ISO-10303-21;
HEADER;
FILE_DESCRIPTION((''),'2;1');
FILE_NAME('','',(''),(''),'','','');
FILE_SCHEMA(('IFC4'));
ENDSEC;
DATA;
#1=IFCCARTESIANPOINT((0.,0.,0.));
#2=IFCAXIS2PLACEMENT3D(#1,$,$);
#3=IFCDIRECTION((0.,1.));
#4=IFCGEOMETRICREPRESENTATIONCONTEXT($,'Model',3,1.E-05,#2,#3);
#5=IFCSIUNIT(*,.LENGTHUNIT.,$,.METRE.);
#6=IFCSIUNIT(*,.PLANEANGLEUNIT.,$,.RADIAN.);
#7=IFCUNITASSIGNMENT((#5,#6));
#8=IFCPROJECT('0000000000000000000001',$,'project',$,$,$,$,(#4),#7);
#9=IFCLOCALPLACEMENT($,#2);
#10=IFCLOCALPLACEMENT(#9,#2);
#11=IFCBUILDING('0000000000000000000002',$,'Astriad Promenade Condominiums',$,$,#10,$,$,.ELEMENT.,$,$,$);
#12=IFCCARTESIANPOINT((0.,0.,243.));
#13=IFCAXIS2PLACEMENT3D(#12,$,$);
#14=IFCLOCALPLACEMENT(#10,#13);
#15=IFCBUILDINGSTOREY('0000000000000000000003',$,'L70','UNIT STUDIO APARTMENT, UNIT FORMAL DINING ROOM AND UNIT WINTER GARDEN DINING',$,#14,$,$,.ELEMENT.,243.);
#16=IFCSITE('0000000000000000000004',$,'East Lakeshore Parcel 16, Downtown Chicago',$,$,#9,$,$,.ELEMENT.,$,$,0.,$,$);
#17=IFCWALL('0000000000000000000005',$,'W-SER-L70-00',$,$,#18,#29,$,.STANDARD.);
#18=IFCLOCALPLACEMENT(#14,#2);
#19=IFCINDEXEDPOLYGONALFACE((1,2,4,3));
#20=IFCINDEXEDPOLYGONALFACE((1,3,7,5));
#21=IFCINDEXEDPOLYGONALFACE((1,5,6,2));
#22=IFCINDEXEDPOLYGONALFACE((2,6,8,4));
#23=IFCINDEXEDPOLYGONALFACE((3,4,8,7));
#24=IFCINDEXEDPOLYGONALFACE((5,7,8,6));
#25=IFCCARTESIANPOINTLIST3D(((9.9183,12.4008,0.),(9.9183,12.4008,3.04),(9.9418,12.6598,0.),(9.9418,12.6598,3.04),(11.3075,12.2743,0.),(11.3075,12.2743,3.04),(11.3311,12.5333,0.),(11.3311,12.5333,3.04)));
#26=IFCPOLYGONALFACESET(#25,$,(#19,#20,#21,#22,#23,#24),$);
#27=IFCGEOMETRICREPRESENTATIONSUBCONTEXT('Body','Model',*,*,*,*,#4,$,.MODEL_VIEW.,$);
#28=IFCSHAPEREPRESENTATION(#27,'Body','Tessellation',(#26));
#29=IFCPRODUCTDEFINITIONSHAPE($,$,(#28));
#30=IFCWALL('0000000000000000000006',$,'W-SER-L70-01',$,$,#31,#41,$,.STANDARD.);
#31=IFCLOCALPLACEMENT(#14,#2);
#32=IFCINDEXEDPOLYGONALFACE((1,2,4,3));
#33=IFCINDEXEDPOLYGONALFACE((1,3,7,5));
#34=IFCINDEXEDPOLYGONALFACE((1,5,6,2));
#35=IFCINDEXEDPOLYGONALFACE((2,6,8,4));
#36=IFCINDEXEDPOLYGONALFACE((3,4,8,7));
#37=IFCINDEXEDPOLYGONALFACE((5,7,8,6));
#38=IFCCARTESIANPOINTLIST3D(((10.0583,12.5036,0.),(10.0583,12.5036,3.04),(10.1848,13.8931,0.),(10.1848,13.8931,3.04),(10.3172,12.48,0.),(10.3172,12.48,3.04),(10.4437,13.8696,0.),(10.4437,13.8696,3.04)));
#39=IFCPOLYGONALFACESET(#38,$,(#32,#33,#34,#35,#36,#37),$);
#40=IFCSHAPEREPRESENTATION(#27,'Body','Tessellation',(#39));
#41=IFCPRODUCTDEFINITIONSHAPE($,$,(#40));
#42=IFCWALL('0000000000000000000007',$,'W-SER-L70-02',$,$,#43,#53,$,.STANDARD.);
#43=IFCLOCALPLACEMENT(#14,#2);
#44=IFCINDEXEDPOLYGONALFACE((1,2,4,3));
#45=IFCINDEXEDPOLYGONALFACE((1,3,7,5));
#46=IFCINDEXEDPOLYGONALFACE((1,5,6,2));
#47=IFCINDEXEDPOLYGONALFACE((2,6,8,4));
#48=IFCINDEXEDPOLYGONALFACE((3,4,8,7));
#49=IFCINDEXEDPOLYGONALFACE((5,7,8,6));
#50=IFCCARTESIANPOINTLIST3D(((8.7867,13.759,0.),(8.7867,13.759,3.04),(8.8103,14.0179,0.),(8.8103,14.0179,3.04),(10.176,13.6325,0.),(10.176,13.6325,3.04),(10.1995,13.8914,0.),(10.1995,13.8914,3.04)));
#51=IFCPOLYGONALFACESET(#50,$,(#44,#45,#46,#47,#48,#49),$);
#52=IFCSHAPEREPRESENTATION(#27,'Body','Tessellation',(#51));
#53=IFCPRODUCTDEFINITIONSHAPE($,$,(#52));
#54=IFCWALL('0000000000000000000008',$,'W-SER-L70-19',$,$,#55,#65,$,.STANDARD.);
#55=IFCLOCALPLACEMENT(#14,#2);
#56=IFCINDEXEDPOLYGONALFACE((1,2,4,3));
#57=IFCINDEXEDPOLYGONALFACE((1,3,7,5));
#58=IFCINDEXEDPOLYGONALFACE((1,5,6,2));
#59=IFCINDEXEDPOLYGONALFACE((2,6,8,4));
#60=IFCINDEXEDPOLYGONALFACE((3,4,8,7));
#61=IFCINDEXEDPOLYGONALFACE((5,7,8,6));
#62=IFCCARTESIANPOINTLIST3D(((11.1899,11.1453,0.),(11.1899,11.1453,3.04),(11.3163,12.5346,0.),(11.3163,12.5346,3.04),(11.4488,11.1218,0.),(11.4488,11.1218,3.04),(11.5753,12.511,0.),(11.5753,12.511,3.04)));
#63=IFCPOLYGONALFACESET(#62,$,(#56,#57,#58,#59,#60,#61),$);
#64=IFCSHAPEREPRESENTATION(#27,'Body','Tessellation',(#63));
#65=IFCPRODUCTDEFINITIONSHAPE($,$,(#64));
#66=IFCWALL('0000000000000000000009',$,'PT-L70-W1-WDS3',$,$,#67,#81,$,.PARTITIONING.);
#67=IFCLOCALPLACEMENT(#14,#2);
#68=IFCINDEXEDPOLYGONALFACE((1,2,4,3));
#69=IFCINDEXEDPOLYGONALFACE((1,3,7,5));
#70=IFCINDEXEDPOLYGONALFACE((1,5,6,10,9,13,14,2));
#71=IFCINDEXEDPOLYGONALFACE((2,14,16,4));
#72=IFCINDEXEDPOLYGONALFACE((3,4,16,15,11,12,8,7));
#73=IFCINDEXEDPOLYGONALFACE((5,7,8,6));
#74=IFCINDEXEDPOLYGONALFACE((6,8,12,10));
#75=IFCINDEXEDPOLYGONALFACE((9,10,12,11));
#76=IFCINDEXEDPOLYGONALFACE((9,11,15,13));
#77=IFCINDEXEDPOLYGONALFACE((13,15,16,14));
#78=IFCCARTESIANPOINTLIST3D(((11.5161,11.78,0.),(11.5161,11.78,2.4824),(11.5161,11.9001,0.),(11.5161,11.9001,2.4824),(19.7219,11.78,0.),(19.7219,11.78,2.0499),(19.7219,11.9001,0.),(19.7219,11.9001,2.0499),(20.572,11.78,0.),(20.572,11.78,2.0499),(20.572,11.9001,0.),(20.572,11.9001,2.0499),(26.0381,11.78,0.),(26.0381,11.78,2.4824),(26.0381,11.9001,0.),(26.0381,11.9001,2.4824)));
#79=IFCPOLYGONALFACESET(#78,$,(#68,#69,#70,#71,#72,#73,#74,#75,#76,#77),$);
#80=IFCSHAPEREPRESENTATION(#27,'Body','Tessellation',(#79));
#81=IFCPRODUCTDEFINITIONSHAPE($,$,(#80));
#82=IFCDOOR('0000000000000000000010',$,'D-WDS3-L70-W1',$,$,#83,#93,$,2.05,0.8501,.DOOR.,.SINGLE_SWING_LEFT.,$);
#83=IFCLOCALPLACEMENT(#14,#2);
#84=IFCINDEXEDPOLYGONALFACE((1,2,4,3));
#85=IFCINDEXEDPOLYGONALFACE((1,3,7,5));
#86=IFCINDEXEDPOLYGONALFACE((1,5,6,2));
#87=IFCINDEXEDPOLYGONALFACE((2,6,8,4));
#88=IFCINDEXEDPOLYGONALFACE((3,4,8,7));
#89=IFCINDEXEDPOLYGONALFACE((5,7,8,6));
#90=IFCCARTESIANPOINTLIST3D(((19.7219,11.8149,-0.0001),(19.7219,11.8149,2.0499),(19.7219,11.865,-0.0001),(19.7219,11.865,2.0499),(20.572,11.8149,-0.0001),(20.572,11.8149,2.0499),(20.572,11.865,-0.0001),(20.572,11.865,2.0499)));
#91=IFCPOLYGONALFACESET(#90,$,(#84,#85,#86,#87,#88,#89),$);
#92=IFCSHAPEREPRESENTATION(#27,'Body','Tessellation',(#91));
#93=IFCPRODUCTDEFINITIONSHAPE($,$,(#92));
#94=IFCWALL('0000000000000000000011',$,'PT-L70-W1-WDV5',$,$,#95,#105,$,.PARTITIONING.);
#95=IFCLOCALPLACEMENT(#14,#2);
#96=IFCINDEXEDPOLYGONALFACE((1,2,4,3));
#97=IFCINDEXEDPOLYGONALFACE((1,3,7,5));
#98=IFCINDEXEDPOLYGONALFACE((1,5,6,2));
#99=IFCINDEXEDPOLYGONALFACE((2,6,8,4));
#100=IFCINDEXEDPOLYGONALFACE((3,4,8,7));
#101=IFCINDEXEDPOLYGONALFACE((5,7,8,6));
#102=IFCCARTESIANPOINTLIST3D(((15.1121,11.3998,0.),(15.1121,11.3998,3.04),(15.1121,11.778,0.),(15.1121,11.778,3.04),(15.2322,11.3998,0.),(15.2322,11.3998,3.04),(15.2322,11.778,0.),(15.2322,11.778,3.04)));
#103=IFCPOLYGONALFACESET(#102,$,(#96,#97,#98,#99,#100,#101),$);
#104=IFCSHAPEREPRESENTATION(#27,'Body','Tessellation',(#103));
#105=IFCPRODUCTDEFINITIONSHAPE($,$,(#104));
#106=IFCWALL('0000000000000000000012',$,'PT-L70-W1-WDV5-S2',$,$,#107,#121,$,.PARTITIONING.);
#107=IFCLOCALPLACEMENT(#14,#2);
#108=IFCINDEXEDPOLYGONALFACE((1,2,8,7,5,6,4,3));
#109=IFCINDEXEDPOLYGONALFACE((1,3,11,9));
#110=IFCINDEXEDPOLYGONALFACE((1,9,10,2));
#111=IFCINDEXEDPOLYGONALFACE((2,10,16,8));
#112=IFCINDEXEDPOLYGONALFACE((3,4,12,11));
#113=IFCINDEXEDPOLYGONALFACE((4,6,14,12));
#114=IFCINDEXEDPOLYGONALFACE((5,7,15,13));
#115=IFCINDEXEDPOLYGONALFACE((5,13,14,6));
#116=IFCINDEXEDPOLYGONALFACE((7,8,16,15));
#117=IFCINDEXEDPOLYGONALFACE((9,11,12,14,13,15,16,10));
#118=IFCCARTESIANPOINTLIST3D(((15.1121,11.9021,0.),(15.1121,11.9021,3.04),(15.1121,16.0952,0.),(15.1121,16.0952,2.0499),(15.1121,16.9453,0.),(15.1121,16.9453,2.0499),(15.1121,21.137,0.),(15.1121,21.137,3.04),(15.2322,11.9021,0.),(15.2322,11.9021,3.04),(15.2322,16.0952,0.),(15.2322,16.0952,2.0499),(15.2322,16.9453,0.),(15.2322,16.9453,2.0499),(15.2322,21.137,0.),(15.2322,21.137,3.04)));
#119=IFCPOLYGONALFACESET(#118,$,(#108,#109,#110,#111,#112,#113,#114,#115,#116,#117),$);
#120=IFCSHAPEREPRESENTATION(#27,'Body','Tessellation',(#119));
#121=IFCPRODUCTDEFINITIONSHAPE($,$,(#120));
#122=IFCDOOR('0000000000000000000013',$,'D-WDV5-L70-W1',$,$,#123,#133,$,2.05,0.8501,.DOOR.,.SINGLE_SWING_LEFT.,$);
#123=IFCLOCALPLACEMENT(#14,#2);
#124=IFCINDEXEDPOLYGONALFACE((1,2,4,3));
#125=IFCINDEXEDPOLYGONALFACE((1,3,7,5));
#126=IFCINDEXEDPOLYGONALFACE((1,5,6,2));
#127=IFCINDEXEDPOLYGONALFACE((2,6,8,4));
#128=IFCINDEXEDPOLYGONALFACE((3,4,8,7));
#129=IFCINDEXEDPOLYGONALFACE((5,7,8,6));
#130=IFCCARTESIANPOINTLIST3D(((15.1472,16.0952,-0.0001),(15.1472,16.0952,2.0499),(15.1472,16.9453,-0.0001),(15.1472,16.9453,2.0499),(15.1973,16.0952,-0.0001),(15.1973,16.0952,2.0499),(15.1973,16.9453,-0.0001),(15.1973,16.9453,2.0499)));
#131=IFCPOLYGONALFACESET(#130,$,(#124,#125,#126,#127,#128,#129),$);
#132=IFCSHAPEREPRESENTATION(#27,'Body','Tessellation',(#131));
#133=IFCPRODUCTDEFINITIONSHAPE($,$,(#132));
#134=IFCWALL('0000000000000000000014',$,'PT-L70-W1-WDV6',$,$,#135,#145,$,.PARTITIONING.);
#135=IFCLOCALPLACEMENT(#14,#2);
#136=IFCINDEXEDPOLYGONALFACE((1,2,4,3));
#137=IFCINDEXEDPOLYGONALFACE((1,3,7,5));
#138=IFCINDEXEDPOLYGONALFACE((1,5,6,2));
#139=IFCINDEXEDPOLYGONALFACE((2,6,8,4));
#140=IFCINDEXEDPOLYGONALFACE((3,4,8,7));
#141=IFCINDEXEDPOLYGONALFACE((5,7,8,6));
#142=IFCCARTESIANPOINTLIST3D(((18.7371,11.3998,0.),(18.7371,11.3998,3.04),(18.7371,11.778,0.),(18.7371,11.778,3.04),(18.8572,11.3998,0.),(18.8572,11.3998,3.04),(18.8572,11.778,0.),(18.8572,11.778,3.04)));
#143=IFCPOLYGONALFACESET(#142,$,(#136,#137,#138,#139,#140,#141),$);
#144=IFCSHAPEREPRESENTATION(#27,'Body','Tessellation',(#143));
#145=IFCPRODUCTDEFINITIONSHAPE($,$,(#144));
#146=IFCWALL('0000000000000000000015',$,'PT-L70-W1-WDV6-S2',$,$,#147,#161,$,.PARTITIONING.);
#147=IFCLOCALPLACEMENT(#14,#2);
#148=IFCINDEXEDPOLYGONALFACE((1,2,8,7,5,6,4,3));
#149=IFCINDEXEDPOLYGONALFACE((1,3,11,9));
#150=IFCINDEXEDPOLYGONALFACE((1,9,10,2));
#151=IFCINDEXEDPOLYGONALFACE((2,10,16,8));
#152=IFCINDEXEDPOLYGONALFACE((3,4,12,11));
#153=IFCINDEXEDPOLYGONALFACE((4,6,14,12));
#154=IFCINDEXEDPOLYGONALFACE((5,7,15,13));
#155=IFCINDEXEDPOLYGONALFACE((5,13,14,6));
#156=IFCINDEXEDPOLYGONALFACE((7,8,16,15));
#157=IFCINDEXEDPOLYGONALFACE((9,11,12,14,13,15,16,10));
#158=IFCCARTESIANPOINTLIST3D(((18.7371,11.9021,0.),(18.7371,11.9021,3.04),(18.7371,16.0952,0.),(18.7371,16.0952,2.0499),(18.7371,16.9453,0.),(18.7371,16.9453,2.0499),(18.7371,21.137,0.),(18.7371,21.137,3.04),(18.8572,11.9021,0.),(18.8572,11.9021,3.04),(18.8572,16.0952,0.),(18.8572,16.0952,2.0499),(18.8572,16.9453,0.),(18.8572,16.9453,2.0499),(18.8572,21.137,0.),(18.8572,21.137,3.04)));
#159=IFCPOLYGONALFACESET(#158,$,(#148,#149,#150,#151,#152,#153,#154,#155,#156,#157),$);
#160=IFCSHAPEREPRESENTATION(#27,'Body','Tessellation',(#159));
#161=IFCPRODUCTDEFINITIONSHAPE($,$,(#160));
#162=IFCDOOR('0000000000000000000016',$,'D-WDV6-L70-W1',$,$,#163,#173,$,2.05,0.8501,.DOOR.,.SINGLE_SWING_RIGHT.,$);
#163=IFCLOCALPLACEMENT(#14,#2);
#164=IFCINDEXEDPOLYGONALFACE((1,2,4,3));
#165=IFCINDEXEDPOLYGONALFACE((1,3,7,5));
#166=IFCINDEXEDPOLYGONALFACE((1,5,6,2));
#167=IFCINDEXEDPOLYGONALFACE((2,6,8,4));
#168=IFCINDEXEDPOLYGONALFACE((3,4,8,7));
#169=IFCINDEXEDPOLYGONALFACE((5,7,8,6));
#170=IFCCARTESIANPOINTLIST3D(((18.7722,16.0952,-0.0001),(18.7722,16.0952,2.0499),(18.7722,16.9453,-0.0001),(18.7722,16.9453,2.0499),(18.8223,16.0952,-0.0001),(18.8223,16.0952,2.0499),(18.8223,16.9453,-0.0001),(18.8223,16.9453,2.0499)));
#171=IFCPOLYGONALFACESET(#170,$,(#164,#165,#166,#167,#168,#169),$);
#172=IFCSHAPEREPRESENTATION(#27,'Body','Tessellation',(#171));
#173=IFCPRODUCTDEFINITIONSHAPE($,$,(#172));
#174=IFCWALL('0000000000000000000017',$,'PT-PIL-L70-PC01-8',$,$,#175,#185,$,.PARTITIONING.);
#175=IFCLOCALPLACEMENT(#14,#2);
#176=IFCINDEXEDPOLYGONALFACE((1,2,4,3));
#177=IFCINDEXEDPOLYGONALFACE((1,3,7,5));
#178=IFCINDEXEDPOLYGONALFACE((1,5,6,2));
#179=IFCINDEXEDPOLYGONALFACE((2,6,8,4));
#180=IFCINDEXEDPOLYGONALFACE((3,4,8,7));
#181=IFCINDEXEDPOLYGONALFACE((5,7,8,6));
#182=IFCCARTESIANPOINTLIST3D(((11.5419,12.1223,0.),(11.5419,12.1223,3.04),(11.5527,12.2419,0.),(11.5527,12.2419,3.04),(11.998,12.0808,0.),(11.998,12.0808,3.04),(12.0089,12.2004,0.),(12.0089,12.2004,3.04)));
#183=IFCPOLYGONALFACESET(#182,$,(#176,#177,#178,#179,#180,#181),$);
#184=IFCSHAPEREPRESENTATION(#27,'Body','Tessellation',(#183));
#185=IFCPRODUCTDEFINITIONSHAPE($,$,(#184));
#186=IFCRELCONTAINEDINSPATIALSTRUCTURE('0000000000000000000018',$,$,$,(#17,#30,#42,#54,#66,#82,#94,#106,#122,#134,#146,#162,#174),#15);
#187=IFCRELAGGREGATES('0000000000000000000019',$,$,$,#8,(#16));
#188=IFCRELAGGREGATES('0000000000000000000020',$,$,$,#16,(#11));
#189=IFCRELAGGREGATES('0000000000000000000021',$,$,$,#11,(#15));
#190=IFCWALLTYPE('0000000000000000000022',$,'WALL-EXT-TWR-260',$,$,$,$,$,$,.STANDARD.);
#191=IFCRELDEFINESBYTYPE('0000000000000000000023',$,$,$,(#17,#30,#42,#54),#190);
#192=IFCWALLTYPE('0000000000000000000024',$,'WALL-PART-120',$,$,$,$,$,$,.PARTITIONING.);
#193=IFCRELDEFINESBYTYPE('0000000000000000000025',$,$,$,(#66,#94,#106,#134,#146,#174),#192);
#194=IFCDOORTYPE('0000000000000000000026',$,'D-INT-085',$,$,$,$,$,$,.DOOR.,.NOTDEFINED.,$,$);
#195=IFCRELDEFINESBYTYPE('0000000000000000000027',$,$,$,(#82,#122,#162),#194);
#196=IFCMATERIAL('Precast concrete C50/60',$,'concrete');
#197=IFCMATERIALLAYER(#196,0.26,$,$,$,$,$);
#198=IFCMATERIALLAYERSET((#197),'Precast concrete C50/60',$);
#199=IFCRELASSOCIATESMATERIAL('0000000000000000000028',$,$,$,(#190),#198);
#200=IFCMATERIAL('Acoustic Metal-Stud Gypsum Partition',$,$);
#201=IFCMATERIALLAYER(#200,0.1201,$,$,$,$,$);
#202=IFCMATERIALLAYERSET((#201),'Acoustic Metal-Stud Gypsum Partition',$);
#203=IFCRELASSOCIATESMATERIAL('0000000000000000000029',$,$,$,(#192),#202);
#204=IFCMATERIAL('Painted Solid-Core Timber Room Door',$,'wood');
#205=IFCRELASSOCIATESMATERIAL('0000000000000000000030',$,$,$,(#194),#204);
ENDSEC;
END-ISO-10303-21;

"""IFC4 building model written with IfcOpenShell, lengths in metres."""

from ifc_helpers import new_model, si_unit, direction, frame, frame_2d, origin, place, context, subcontext, project, spatial, rectangle, extrude, source, transform, mapped, material, layer, layer_set, type_object, type_shapes, element, fill, save


model = new_model("IFC4")

# Units and contexts
model_context = context("Model", 3, precision=1e-05, world=origin(), true_north=direction((0.0, 1.0)))
body_context = subcontext(model_context, "Body", "Model", "MODEL_VIEW")
ifc_project = project(units=[si_unit("LENGTHUNIT", "METRE"), si_unit("PLANEANGLEUNIT", "RADIAN")], contexts=[model_context])

# Site, building, storey
site_placement = place(None, origin())
site = spatial("IfcSite", under=ifc_project, at=site_placement, Name="East Lakeshore Parcel 16, Downtown Chicago", CompositionType="ELEMENT", RefElevation=0.0)
building_placement = place(site_placement, origin())
building = spatial("IfcBuilding", under=site, at=building_placement, Name="Astriad Promenade Condominiums", CompositionType="ELEMENT")
storey_placement = place(building_placement, frame((0.0, 0.0, 243.0)))
storey = spatial("IfcBuildingStorey", under=building, at=storey_placement, Name="L70", Description="UNIT STUDIO APARTMENT, UNIT FORMAL DINING ROOM AND UNIT WINTER GARDEN DINING", CompositionType="ELEMENT", Elevation=243.0)

# Shared definitions
ifc_material_1 = material(Name="Precast concrete C50/60", Category="concrete")

# Walls
ifc_layer_1 = layer(ifc_material_1, 0.26)
ifc_layer_set_1 = layer_set([ifc_layer_1], Name="Precast concrete C50/60")
wall_type_1 = type_object("IfcWallType", Name="WALL-EXT-TWR-260", PredefinedType="STANDARD", material=ifc_layer_set_1)
wall_1_placement = place(storey_placement, frame((11.3193, 12.4038, 0.0), z_axis=(0.0, 0.0, 1.0), x_axis=(-0.995882, 0.090662, 0.0)))
element("IfcWall", 1, at=wall_1_placement, inside=storey, type_object=wall_type_1, Name="W-SER-L70-00", PredefinedType="STANDARD", context=body_context, shape_type="SweptSolid", body=[
    extrude(rectangle(XDim=1.395, YDim=0.26, at=frame_2d((0.6975, 0.0))), origin(), (0.0, 0.0, 1.0), 3.04),
])
wall_2_placement = place(storey_placement, frame((10.1877, 12.4917, 0.0), z_axis=(0.0, 0.0, 1.0), x_axis=(0.090646, 0.995883, 0.0)))
element("IfcWall", 2, at=wall_2_placement, inside=storey, type_object=wall_type_1, Name="W-SER-L70-01", PredefinedType="STANDARD", context=body_context, shape_type="SweptSolid", body=[
    extrude(rectangle(XDim=1.3953, YDim=0.26, at=frame_2d((0.6978, 0.0))), origin(), (0.0, 0.0, 1.0), 3.04),
])
for number, where, z_axis, x_axis, name in (
    (3, (10.1877, 13.762, 0.0), (0.0, 0.0, 1.0), (-0.995882, 0.090662, 0.0), "W-SER-L70-02"),
    (4, (11.3193, 11.1335, 0.0), (0.0, 0.0, 1.0), (0.090662, 0.995882, 0.0), "W-SER-L70-19"),
):
    element("IfcWall", number, at=place(storey_placement, frame(where, z_axis=z_axis, x_axis=x_axis)), inside=storey, type_object=wall_type_1, Name=name, PredefinedType="STANDARD", context=body_context, shape_type="SweptSolid", body=[
        extrude(rectangle(XDim=1.395, YDim=0.26, at=frame_2d((0.6975, 0.0))), origin(), (0.0, 0.0, 1.0), 3.04),
    ])

# Wall, opening, door
ifc_material_2 = material(Name="Acoustic Metal-Stud Gypsum Partition")
ifc_layer_2 = layer(ifc_material_2, 0.1201)
ifc_layer_set_2 = layer_set([ifc_layer_2], Name="Acoustic Metal-Stud Gypsum Partition")
wall_type_2 = type_object("IfcWallType", Name="WALL-PART-120", PredefinedType="PARTITIONING", material=ifc_layer_set_2)
wall_3_placement = place(storey_placement, frame((11.5161, 11.8401, 0.0), z_axis=(0.0, 0.0, 1.0), x_axis=(1.0, 0.0, 0.0)))
wall_3 = element("IfcWall", 5, at=wall_3_placement, inside=storey, type_object=wall_type_2, Name="PT-L70-W1-WDS3", PredefinedType="PARTITIONING", context=body_context, shape_type="SweptSolid", body=[
    extrude(rectangle(XDim=14.522, YDim=0.1201, at=frame_2d((7.261, 0.0))), origin(), (0.0, 0.0, 1.0), 2.4824),
])
opening_1_placement = place(wall_3_placement, frame((8.2058, 0.0, 0.0)))
opening_1 = element("IfcOpeningElement", 6, at=opening_1_placement, cuts=wall_3, PredefinedType="OPENING", context=body_context, shape_type="SweptSolid", body=[
    extrude(rectangle(XDim=0.8501, YDim=2.05, at=frame_2d((0.425, 1.0249))), frame((0.0, 0.0701, 0.0), z_axis=(0.0, -1.0, 0.0), x_axis=(1.0, 0.0, 0.0)), (0.0, 0.0, 1.0), 0.1401),
])
ifc_material_3 = material(Name="Painted Solid-Core Timber Room Door", Category="wood")
door_type = type_object("IfcDoorType", Name="D-INT-085", OperationType="NOTDEFINED", PredefinedType="DOOR", material=ifc_material_3)
shared_shape_1 = source(origin(), body_context, "Body", "SweptSolid", [
    extrude(rectangle(XDim=0.8501, YDim=2.05, at=frame_2d((0.425, 1.0249))), frame((0.0, 0.0249, 0.0), z_axis=(0.0, -1.0, 0.0), x_axis=(1.0, 0.0, 0.0)), (0.0, 0.0, 1.0), 0.05),
])
type_shapes(door_type, [shared_shape_1])
door_1_placement = place(opening_1_placement, origin())
door_1 = element("IfcDoor", 7, at=door_1_placement, inside=storey, type_object=door_type, Name="D-WDS3-L70-W1", OperationType="SINGLE_SWING_LEFT", OverallHeight=2.05, OverallWidth=0.8501, PredefinedType="DOOR", context=body_context, shape_type="MappedRepresentation", body=[
    mapped(shared_shape_1, transform((0.0, 0.0, 0.0), scale=1.0)),
])
fill(opening_1, door_1)

# Wall
wall_4_placement = place(storey_placement, frame((15.1721, 11.3999, 0.0), z_axis=(0.0, 0.0, 1.0), x_axis=(0.0, 1.0, 0.0)))
element("IfcWall", 8, at=wall_4_placement, inside=storey, type_object=wall_type_2, Name="PT-L70-W1-WDV5", PredefinedType="PARTITIONING", context=body_context, shape_type="SweptSolid", body=[
    extrude(rectangle(XDim=0.3782, YDim=0.1201, at=frame_2d((0.189, 0.0))), origin(), (0.0, 0.0, 1.0), 3.04),
])

# Wall, opening, door
wall_5_placement = place(storey_placement, frame((15.1721, 11.9021, 0.0), z_axis=(0.0, 0.0, 1.0), x_axis=(0.0, 1.0, 0.0)))
wall_5 = element("IfcWall", 9, at=wall_5_placement, inside=storey, type_object=wall_type_2, Name="PT-L70-W1-WDV5-S2", PredefinedType="PARTITIONING", context=body_context, shape_type="SweptSolid", body=[
    extrude(rectangle(XDim=9.2349, YDim=0.1201, at=frame_2d((4.6174, 0.0))), origin(), (0.0, 0.0, 1.0), 3.04),
])
opening_2_placement = place(wall_5_placement, frame((4.1931, 0.0, 0.0)))
opening_2 = element("IfcOpeningElement", 10, at=opening_2_placement, cuts=wall_5, PredefinedType="OPENING", context=body_context, shape_type="SweptSolid", body=[
    extrude(rectangle(XDim=0.8501, YDim=2.05, at=frame_2d((0.425, 1.0249))), frame((0.0, 0.0701, 0.0), z_axis=(0.0, -1.0, 0.0), x_axis=(1.0, 0.0, 0.0)), (0.0, 0.0, 1.0), 0.1401),
])
door_2_placement = place(opening_2_placement, origin())
door_2 = element("IfcDoor", 11, at=door_2_placement, inside=storey, type_object=door_type, Name="D-WDV5-L70-W1", OperationType="SINGLE_SWING_LEFT", OverallHeight=2.05, OverallWidth=0.8501, PredefinedType="DOOR", context=body_context, shape_type="MappedRepresentation", body=[
    mapped(shared_shape_1, transform((0.0, 0.0, 0.0), scale=1.0)),
])
fill(opening_2, door_2)

# Wall
wall_6_placement = place(storey_placement, frame((18.7971, 11.3999, 0.0), z_axis=(0.0, 0.0, 1.0), x_axis=(0.0, 1.0, 0.0)))
element("IfcWall", 12, at=wall_6_placement, inside=storey, type_object=wall_type_2, Name="PT-L70-W1-WDV6", PredefinedType="PARTITIONING", context=body_context, shape_type="SweptSolid", body=[
    extrude(rectangle(XDim=0.3782, YDim=0.1201, at=frame_2d((0.189, 0.0))), origin(), (0.0, 0.0, 1.0), 3.04),
])

# Wall, opening, door
wall_7_placement = place(storey_placement, frame((18.7971, 11.9021, 0.0), z_axis=(0.0, 0.0, 1.0), x_axis=(0.0, 1.0, 0.0)))
wall_7 = element("IfcWall", 13, at=wall_7_placement, inside=storey, type_object=wall_type_2, Name="PT-L70-W1-WDV6-S2", PredefinedType="PARTITIONING", context=body_context, shape_type="SweptSolid", body=[
    extrude(rectangle(XDim=9.2349, YDim=0.1201, at=frame_2d((4.6174, 0.0))), origin(), (0.0, 0.0, 1.0), 3.04),
])
opening_3_placement = place(wall_7_placement, frame((4.1931, 0.0, 0.0)))
opening_3 = element("IfcOpeningElement", 14, at=opening_3_placement, cuts=wall_7, PredefinedType="OPENING", context=body_context, shape_type="SweptSolid", body=[
    extrude(rectangle(XDim=0.8501, YDim=2.05, at=frame_2d((0.425, 1.0249))), frame((0.0, 0.0701, 0.0), z_axis=(0.0, -1.0, 0.0), x_axis=(1.0, 0.0, 0.0)), (0.0, 0.0, 1.0), 0.1401),
])
door_3_placement = place(opening_3_placement, origin())
door_3 = element("IfcDoor", 15, at=door_3_placement, inside=storey, type_object=door_type, Name="D-WDV6-L70-W1", OperationType="SINGLE_SWING_RIGHT", OverallHeight=2.05, OverallWidth=0.8501, PredefinedType="DOOR", context=body_context, shape_type="MappedRepresentation", body=[
    mapped(shared_shape_1, transform((0.0, 0.0, 0.0), scale=1.0)),
])
fill(opening_3, door_3)

# Wall
wall_8_placement = place(storey_placement, frame((12.0034, 12.1406, 0.0), z_axis=(0.0, 0.0, 1.0), x_axis=(-0.995884, 0.090632, 0.0)))
element("IfcWall", 16, at=wall_8_placement, inside=storey, type_object=wall_type_2, Name="PT-PIL-L70-PC01-8", PredefinedType="PARTITIONING", context=body_context, shape_type="SweptSolid", body=[
    extrude(rectangle(XDim=0.458, YDim=0.1201, at=frame_2d((0.229, 0.0))), origin(), (0.0, 0.0, 1.0), 3.04),
])

save(model, "model.ifc")
